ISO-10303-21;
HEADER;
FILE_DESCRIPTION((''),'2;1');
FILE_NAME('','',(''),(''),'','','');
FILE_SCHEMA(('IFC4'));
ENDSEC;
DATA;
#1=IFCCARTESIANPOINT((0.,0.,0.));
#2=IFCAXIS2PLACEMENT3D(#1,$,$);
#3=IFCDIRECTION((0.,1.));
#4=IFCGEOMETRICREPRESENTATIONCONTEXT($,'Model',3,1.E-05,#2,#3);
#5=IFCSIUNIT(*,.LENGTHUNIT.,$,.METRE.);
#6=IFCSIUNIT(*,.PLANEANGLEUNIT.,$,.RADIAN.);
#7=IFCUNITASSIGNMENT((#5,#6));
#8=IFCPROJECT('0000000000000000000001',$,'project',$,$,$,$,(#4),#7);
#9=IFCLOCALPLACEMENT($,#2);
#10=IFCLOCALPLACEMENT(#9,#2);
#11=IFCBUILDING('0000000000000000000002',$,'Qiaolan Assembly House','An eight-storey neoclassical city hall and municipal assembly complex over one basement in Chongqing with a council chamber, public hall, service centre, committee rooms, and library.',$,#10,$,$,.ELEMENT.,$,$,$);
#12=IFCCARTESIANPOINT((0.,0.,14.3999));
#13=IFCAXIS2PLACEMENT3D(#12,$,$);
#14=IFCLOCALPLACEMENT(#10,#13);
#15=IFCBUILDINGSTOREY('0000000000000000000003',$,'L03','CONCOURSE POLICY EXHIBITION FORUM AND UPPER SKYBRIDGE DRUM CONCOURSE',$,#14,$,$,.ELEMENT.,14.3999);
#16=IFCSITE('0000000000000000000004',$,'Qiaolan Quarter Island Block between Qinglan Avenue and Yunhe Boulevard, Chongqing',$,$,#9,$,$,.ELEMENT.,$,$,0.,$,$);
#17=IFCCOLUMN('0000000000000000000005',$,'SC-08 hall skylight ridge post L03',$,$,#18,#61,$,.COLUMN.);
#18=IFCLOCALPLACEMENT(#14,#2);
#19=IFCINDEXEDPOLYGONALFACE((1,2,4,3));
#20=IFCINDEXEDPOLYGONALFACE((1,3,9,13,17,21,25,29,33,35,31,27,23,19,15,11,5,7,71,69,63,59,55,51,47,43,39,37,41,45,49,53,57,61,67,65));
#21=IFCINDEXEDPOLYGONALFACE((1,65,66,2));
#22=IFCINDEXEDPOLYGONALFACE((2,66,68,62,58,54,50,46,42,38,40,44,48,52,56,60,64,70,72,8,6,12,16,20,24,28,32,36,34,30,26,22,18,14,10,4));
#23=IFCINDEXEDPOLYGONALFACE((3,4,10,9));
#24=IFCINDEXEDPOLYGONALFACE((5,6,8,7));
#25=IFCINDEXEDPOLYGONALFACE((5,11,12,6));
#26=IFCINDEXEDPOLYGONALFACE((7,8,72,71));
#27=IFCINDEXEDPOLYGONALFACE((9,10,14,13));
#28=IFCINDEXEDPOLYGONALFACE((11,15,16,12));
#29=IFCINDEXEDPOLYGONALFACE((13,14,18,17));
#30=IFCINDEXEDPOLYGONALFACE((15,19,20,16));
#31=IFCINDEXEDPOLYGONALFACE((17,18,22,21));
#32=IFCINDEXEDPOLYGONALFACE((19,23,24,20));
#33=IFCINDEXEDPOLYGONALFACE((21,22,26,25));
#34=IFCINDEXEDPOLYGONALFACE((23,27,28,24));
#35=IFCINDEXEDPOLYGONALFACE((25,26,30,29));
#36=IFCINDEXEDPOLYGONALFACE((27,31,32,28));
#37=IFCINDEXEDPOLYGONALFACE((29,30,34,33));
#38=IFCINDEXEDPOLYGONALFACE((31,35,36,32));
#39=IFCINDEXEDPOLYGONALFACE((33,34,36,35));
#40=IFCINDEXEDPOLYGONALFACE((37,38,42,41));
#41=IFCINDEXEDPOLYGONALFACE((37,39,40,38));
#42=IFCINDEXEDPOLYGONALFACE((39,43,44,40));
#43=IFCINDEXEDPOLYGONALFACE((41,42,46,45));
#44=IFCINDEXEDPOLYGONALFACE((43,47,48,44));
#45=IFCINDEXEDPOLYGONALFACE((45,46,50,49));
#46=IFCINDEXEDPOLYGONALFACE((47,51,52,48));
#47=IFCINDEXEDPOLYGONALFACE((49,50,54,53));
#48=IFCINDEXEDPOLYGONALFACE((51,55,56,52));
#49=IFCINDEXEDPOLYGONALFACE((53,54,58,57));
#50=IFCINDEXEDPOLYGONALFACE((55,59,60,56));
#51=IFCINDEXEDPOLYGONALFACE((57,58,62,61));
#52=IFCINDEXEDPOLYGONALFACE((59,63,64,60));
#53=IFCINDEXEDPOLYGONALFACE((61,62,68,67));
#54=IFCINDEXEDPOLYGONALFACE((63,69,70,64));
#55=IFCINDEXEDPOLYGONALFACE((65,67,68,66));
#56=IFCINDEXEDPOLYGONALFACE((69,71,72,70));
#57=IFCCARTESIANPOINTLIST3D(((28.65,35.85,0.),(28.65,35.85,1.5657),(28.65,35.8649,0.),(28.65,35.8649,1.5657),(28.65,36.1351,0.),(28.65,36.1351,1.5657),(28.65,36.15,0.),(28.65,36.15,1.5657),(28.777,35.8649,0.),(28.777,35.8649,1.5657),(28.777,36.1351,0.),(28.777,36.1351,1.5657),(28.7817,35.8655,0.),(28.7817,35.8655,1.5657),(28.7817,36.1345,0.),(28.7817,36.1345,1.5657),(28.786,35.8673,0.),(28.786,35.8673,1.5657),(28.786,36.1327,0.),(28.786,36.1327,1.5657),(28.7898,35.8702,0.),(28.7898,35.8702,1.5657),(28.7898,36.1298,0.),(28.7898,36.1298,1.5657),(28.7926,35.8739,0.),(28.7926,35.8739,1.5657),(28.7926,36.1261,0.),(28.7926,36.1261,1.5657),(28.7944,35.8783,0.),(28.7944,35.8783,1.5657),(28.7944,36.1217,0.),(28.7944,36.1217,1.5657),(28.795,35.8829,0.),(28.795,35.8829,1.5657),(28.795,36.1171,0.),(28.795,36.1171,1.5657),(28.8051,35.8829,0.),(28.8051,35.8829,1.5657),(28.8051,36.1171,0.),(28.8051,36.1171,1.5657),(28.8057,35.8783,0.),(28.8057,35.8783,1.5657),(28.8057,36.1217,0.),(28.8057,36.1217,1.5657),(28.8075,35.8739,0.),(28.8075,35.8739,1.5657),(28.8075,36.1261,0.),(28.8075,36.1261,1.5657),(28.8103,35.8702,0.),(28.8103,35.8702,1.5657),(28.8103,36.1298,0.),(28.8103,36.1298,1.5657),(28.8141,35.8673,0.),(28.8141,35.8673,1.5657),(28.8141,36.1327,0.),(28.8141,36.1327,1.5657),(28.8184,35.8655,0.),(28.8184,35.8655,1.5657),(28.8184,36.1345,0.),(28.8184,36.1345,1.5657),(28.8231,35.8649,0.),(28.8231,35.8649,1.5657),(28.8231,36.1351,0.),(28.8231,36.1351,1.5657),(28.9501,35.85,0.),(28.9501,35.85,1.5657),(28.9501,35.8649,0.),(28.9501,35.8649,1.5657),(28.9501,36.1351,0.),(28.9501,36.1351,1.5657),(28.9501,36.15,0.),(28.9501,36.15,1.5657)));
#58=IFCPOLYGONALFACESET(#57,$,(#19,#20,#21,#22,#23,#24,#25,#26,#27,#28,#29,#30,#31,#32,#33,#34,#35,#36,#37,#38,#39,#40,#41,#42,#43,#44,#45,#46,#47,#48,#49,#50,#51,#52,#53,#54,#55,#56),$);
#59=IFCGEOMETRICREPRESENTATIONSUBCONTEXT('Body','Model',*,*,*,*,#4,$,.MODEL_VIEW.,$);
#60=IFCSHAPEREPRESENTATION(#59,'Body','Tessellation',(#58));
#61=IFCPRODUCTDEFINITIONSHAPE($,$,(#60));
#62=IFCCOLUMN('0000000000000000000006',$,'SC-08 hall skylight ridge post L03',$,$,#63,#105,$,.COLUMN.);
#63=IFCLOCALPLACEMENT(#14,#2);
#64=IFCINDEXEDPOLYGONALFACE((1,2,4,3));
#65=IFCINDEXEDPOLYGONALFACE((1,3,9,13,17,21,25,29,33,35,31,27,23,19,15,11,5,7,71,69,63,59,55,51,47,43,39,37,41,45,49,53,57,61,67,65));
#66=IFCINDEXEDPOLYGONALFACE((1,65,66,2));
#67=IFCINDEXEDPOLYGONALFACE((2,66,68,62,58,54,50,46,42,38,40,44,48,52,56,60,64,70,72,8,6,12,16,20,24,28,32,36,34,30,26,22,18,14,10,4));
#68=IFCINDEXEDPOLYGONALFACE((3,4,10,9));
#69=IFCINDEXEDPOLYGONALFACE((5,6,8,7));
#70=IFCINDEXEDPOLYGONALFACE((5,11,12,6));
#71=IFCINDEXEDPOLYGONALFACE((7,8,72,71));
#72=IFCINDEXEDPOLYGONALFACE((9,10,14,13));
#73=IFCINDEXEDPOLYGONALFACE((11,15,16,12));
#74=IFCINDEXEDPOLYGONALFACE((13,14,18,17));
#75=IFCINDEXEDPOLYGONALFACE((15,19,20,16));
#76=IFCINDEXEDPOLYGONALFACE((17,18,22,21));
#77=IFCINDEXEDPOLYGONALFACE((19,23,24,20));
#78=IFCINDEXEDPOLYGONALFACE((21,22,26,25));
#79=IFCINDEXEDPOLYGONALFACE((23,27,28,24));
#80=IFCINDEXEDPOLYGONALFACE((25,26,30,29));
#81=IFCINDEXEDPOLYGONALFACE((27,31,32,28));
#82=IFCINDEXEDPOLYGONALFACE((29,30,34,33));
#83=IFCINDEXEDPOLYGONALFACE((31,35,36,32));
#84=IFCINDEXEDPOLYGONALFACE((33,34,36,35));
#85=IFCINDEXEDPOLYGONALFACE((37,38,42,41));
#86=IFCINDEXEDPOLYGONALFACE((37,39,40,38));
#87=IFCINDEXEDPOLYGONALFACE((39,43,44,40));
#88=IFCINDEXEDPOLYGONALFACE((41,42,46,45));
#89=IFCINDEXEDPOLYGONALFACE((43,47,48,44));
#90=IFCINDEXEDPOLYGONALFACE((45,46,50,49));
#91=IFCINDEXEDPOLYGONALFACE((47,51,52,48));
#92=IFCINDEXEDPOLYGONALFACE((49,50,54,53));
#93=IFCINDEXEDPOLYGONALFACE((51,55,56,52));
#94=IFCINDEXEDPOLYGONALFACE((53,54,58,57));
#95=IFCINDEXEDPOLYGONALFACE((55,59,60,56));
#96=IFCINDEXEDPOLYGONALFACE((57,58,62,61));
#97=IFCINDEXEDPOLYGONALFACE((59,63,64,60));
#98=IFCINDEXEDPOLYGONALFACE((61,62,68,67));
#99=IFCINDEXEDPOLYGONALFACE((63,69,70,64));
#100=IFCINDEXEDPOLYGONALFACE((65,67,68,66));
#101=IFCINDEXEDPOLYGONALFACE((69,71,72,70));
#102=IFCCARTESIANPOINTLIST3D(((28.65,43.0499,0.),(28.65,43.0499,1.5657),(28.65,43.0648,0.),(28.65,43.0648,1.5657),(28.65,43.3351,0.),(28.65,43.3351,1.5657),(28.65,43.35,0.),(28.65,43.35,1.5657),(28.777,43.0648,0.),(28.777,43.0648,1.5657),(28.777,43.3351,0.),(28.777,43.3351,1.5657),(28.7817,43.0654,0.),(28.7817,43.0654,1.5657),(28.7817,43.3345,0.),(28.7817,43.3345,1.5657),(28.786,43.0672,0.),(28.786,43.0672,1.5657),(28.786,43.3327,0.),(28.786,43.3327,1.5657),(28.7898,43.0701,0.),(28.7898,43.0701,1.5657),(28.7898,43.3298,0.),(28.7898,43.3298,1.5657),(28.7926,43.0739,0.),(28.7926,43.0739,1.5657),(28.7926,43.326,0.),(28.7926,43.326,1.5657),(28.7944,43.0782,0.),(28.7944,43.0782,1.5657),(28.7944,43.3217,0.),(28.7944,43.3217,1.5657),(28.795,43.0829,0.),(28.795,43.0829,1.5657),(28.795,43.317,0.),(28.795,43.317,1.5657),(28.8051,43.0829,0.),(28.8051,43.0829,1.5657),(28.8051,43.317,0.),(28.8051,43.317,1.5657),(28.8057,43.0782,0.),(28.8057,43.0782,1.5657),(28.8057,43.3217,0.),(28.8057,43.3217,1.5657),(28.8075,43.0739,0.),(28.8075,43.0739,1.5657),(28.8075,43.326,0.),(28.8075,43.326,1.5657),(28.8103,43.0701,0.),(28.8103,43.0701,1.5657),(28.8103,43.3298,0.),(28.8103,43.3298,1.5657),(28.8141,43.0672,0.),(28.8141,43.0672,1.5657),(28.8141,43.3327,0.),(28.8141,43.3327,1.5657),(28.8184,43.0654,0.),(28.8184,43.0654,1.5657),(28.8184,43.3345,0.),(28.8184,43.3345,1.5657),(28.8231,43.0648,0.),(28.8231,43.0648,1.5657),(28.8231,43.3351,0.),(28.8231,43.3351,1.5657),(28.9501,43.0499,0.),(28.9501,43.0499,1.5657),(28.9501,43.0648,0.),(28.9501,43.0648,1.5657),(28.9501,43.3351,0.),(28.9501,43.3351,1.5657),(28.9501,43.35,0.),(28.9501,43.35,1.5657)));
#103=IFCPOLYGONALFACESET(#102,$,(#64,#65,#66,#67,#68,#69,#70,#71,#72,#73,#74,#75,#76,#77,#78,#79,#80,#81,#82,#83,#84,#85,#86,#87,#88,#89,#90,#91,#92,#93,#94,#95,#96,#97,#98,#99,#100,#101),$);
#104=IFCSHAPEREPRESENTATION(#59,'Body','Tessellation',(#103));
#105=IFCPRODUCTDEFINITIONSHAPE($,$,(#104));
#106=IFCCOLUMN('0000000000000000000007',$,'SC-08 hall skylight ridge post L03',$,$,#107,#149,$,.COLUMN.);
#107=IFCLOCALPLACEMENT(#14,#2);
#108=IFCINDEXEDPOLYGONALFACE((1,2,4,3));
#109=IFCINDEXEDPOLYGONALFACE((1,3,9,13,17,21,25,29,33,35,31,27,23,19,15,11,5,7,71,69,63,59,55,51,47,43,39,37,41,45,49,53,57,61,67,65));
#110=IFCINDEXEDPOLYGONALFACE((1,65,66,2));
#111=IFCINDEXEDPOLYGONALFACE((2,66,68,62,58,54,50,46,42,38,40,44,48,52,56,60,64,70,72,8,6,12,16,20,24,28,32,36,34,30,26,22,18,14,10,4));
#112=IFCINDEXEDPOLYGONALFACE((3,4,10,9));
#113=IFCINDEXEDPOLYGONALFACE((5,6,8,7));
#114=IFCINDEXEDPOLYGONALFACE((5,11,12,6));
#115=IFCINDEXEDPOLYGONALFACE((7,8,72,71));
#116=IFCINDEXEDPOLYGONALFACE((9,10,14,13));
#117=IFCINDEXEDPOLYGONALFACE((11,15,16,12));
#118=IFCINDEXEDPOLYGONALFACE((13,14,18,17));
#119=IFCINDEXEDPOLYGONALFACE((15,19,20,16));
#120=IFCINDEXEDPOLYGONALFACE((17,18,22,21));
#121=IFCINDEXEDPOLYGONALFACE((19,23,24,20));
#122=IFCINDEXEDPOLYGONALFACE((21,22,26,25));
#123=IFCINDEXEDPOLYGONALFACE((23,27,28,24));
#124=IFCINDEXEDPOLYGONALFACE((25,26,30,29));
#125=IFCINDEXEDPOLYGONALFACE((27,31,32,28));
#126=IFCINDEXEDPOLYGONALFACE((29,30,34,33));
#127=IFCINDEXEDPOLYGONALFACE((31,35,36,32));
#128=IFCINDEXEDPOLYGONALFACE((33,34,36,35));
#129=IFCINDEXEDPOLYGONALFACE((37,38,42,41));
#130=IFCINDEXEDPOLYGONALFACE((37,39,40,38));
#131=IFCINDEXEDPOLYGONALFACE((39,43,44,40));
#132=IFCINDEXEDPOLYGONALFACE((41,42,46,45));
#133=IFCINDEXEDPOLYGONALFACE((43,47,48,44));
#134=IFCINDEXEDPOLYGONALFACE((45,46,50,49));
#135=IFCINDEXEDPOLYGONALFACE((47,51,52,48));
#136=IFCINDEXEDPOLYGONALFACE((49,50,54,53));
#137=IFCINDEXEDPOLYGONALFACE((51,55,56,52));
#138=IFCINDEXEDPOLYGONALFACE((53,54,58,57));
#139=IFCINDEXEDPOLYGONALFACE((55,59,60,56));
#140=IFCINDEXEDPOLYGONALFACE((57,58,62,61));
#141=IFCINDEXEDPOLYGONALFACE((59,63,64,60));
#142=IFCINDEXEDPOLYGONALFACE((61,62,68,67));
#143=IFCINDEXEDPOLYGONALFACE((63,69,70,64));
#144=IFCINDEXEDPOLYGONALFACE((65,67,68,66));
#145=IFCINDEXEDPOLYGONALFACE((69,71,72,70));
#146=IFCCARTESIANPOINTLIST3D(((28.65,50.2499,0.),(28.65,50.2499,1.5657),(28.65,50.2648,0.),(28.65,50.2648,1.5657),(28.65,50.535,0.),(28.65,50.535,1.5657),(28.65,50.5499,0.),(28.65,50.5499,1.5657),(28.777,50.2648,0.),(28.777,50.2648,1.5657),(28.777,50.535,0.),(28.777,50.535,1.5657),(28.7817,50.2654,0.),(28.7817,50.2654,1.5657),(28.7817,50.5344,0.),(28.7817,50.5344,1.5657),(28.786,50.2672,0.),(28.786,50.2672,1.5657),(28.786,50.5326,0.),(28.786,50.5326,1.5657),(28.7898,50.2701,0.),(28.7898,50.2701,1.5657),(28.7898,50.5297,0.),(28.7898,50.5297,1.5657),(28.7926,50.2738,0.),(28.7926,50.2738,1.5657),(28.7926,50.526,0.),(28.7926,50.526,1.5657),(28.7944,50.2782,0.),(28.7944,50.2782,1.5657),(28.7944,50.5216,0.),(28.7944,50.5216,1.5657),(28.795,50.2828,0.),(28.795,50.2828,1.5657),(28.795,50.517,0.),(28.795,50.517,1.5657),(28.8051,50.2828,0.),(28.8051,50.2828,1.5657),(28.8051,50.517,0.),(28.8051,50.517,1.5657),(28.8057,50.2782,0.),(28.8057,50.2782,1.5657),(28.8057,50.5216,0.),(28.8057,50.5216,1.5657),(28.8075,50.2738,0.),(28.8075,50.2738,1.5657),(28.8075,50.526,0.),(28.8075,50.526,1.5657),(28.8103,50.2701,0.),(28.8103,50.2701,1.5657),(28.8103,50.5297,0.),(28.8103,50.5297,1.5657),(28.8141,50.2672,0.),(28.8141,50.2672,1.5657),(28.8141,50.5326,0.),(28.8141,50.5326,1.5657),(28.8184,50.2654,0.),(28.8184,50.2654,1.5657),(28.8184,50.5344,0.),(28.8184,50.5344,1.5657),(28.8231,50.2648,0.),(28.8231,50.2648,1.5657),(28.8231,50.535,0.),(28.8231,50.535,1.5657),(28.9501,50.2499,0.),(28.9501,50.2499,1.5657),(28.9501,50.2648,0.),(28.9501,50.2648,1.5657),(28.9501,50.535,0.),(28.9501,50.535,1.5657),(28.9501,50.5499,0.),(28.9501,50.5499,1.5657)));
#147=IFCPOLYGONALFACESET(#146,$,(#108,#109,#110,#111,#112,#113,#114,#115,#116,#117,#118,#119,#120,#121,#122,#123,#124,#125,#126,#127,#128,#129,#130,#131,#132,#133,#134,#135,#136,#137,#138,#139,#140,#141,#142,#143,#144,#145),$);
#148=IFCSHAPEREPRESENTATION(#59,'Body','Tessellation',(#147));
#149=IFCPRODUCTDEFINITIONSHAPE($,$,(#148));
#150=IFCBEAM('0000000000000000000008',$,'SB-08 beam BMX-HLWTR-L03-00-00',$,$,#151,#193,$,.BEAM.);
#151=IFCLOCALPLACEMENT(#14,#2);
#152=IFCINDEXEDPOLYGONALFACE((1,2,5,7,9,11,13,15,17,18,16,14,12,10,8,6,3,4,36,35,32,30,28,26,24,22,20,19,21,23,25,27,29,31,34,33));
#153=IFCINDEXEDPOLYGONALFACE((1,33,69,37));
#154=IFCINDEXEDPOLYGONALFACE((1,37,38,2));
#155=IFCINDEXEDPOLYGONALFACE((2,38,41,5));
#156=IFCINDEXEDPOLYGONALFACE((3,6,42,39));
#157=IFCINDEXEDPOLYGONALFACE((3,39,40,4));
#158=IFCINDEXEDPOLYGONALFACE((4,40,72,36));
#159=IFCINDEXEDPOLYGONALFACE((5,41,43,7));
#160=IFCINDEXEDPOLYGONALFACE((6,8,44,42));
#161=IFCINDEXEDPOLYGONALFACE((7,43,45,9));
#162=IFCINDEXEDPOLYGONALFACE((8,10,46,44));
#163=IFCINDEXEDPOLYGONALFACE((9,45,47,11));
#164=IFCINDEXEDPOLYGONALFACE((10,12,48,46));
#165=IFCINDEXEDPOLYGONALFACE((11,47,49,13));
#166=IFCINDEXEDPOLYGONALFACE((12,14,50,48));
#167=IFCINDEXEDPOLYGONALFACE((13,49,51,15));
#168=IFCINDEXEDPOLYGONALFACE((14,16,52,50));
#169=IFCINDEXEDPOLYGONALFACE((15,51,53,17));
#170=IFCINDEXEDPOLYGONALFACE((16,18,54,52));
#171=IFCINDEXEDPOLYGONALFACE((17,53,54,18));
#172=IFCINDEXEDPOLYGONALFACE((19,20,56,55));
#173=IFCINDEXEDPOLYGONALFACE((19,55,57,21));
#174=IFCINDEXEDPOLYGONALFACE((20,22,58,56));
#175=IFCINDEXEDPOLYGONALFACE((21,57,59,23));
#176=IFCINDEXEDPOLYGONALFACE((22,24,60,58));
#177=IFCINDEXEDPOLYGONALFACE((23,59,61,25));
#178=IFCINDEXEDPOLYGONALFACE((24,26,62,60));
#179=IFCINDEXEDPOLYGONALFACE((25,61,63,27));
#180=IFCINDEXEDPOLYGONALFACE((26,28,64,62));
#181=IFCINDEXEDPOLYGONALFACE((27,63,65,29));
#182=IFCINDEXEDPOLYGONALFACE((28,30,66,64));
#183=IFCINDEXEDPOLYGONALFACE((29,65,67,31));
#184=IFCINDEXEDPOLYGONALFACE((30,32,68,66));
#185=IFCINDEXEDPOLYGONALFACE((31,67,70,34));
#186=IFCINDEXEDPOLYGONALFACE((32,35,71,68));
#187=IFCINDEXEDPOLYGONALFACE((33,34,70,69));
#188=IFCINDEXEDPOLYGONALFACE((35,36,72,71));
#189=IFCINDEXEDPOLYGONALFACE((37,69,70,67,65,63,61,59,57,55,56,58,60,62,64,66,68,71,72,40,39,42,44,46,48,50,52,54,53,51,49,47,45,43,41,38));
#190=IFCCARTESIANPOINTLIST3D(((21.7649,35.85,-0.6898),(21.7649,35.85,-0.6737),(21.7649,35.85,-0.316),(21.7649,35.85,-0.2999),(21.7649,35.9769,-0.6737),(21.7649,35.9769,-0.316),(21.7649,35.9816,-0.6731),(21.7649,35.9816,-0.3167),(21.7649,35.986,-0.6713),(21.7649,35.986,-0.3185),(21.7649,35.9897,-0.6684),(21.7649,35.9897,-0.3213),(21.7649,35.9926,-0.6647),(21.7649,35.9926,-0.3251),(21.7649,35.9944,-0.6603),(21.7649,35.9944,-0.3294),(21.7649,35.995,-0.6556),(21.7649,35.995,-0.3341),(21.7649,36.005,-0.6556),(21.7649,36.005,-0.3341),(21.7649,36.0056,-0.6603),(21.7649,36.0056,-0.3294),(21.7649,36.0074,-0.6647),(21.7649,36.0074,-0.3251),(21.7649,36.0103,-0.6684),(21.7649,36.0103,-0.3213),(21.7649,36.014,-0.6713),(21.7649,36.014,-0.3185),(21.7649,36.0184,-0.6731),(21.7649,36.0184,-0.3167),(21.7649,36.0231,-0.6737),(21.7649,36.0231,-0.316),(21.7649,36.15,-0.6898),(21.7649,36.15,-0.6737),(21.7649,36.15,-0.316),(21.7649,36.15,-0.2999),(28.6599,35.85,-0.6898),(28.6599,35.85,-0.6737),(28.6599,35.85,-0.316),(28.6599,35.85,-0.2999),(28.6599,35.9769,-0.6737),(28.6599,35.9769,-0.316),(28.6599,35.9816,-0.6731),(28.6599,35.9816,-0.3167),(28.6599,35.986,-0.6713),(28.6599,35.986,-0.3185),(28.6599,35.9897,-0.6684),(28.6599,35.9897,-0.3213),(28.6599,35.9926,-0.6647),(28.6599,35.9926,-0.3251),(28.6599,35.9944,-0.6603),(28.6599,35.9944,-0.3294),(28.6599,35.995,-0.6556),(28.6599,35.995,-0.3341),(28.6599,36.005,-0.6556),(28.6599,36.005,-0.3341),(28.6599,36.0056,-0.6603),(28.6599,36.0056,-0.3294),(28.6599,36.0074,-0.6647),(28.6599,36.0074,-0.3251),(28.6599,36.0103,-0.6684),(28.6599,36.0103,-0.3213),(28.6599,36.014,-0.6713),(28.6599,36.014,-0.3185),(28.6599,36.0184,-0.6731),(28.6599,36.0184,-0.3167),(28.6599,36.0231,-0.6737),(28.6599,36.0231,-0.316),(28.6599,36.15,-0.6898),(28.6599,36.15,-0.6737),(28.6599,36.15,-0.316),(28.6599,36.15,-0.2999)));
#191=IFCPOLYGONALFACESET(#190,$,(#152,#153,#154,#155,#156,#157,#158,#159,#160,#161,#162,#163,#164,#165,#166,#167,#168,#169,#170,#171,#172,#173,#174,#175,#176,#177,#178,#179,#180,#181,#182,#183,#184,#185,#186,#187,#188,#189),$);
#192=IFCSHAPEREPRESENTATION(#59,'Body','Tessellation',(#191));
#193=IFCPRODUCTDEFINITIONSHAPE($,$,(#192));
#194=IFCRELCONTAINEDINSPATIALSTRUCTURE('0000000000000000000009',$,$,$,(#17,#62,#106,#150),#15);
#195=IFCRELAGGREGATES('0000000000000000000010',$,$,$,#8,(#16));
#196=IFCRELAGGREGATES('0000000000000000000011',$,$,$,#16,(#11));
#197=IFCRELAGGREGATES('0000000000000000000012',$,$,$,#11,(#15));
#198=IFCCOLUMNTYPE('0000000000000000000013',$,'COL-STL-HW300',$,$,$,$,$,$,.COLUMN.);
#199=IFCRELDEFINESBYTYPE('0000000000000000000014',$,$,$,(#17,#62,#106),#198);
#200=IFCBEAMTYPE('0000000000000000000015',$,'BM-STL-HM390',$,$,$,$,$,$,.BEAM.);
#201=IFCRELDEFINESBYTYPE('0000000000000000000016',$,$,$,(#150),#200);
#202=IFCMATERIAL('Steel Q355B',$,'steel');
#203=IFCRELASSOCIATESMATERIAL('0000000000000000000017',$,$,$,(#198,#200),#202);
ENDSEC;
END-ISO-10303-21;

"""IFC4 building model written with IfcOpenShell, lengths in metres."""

from ifc_helpers import new_model, si_unit, direction, frame, origin, origin_2d, place, context, subcontext, project, spatial, i_section, extrude, material, material_profile, profile_set, type_object, element, save


model = new_model("IFC4")

# Units and contexts
model_context = context("Model", 3, precision=1e-05, world=origin(), true_north=direction((0.0, 1.0)))
body_context = subcontext(model_context, "Body", "Model", "MODEL_VIEW")
ifc_project = project(units=[si_unit("LENGTHUNIT", "METRE"), si_unit("PLANEANGLEUNIT", "RADIAN")], contexts=[model_context])

# Site, building, storey
site_placement = place(None, origin())
site = spatial("IfcSite", under=ifc_project, at=site_placement, Name="Qiaolan Quarter Island Block between Qinglan Avenue and Yunhe Boulevard, Chongqing", CompositionType="ELEMENT", RefElevation=0.0)
building_placement = place(site_placement, origin())
building = spatial("IfcBuilding", under=site, at=building_placement, Name="Qiaolan Assembly House", Description="An eight-storey neoclassical city hall and municipal assembly complex over one basement in Chongqing with a council chamber, public hall, service centre, committee rooms, and library.", CompositionType="ELEMENT")
storey_placement = place(building_placement, frame((0.0, 0.0, 14.3999)))
storey = spatial("IfcBuildingStorey", under=building, at=storey_placement, Name="L03", Description="CONCOURSE POLICY EXHIBITION FORUM AND UPPER SKYBRIDGE DRUM CONCOURSE", CompositionType="ELEMENT", Elevation=14.3999)

# Columns
ifc_material_1 = material(Name="Steel Q355B", Category="steel")
ifc_material_profile_1 = material_profile(ifc_material_1, i_section(OverallWidth=0.3, OverallDepth=0.3, WebThickness=0.01, FlangeThickness=0.0149, FilletRadius=0.0181, at=origin_2d()), Name="HW 300x300x10x15")
ifc_profile_set_1 = profile_set([ifc_material_profile_1], Name="Steel Q355B")
column_type = type_object("IfcColumnType", Name="COL-STL-HW300", PredefinedType="COLUMN", material=ifc_profile_set_1)
for number, where, z_axis, x_axis, name in (
    (1, (28.8, 36.0, 0.0), (0.0, 0.0, 1.0), (1.0, 0.0, 0.0), "SC-08 hall skylight ridge post L03"),
    (2, (28.8, 43.2, 0.0), (0.0, 0.0, 1.0), (1.0, 0.0, 0.0), "SC-08 hall skylight ridge post L03"),
    (3, (28.8, 50.3999, 0.0), (0.0, 0.0, 1.0), (1.0, 0.0, 0.0), "SC-08 hall skylight ridge post L03"),
):
    element("IfcColumn", number, at=place(storey_placement, frame(where, z_axis=z_axis, x_axis=x_axis)), inside=storey, type_object=column_type, Name=name, PredefinedType="COLUMN", context=body_context, shape_type="SweptSolid", body=[
        extrude(i_section(OverallWidth=0.3, OverallDepth=0.3, WebThickness=0.01, FlangeThickness=0.0149, FilletRadius=0.0181, at=origin_2d()), origin(), (0.0, 0.0, 1.0), 1.5657),
    ])

# Beam
ifc_material_profile_2 = material_profile(ifc_material_1, i_section(OverallWidth=0.3, OverallDepth=0.3899, WebThickness=0.01, FlangeThickness=0.0161, FilletRadius=0.0181, at=origin_2d()), Name="HM 390x300x10x16")
ifc_profile_set_2 = profile_set([ifc_material_profile_2], Name="Steel Q355B")
beam_type_1 = type_object("IfcBeamType", Name="BM-STL-HM390", PredefinedType="BEAM", material=ifc_profile_set_2)
for number, where, z_axis, x_axis, name in (
    (4, (21.7649, 36.0, -0.4949), (1.0, 0.0, 0.0), (0.0, 1.0, 0.0), "SB-08 beam BMX-HLWTR-L03-00-00"),
):
    element("IfcBeam", number, at=place(storey_placement, frame(where, z_axis=z_axis, x_axis=x_axis)), inside=storey, type_object=beam_type_1, Name=name, PredefinedType="BEAM", context=body_context, shape_type="SweptSolid", body=[
        extrude(i_section(OverallWidth=0.3, OverallDepth=0.3899, WebThickness=0.01, FlangeThickness=0.0161, FilletRadius=0.0181, at=origin_2d()), origin(), (0.0, 0.0, 1.0), 6.895),
    ])

save(model, "model.ifc")
